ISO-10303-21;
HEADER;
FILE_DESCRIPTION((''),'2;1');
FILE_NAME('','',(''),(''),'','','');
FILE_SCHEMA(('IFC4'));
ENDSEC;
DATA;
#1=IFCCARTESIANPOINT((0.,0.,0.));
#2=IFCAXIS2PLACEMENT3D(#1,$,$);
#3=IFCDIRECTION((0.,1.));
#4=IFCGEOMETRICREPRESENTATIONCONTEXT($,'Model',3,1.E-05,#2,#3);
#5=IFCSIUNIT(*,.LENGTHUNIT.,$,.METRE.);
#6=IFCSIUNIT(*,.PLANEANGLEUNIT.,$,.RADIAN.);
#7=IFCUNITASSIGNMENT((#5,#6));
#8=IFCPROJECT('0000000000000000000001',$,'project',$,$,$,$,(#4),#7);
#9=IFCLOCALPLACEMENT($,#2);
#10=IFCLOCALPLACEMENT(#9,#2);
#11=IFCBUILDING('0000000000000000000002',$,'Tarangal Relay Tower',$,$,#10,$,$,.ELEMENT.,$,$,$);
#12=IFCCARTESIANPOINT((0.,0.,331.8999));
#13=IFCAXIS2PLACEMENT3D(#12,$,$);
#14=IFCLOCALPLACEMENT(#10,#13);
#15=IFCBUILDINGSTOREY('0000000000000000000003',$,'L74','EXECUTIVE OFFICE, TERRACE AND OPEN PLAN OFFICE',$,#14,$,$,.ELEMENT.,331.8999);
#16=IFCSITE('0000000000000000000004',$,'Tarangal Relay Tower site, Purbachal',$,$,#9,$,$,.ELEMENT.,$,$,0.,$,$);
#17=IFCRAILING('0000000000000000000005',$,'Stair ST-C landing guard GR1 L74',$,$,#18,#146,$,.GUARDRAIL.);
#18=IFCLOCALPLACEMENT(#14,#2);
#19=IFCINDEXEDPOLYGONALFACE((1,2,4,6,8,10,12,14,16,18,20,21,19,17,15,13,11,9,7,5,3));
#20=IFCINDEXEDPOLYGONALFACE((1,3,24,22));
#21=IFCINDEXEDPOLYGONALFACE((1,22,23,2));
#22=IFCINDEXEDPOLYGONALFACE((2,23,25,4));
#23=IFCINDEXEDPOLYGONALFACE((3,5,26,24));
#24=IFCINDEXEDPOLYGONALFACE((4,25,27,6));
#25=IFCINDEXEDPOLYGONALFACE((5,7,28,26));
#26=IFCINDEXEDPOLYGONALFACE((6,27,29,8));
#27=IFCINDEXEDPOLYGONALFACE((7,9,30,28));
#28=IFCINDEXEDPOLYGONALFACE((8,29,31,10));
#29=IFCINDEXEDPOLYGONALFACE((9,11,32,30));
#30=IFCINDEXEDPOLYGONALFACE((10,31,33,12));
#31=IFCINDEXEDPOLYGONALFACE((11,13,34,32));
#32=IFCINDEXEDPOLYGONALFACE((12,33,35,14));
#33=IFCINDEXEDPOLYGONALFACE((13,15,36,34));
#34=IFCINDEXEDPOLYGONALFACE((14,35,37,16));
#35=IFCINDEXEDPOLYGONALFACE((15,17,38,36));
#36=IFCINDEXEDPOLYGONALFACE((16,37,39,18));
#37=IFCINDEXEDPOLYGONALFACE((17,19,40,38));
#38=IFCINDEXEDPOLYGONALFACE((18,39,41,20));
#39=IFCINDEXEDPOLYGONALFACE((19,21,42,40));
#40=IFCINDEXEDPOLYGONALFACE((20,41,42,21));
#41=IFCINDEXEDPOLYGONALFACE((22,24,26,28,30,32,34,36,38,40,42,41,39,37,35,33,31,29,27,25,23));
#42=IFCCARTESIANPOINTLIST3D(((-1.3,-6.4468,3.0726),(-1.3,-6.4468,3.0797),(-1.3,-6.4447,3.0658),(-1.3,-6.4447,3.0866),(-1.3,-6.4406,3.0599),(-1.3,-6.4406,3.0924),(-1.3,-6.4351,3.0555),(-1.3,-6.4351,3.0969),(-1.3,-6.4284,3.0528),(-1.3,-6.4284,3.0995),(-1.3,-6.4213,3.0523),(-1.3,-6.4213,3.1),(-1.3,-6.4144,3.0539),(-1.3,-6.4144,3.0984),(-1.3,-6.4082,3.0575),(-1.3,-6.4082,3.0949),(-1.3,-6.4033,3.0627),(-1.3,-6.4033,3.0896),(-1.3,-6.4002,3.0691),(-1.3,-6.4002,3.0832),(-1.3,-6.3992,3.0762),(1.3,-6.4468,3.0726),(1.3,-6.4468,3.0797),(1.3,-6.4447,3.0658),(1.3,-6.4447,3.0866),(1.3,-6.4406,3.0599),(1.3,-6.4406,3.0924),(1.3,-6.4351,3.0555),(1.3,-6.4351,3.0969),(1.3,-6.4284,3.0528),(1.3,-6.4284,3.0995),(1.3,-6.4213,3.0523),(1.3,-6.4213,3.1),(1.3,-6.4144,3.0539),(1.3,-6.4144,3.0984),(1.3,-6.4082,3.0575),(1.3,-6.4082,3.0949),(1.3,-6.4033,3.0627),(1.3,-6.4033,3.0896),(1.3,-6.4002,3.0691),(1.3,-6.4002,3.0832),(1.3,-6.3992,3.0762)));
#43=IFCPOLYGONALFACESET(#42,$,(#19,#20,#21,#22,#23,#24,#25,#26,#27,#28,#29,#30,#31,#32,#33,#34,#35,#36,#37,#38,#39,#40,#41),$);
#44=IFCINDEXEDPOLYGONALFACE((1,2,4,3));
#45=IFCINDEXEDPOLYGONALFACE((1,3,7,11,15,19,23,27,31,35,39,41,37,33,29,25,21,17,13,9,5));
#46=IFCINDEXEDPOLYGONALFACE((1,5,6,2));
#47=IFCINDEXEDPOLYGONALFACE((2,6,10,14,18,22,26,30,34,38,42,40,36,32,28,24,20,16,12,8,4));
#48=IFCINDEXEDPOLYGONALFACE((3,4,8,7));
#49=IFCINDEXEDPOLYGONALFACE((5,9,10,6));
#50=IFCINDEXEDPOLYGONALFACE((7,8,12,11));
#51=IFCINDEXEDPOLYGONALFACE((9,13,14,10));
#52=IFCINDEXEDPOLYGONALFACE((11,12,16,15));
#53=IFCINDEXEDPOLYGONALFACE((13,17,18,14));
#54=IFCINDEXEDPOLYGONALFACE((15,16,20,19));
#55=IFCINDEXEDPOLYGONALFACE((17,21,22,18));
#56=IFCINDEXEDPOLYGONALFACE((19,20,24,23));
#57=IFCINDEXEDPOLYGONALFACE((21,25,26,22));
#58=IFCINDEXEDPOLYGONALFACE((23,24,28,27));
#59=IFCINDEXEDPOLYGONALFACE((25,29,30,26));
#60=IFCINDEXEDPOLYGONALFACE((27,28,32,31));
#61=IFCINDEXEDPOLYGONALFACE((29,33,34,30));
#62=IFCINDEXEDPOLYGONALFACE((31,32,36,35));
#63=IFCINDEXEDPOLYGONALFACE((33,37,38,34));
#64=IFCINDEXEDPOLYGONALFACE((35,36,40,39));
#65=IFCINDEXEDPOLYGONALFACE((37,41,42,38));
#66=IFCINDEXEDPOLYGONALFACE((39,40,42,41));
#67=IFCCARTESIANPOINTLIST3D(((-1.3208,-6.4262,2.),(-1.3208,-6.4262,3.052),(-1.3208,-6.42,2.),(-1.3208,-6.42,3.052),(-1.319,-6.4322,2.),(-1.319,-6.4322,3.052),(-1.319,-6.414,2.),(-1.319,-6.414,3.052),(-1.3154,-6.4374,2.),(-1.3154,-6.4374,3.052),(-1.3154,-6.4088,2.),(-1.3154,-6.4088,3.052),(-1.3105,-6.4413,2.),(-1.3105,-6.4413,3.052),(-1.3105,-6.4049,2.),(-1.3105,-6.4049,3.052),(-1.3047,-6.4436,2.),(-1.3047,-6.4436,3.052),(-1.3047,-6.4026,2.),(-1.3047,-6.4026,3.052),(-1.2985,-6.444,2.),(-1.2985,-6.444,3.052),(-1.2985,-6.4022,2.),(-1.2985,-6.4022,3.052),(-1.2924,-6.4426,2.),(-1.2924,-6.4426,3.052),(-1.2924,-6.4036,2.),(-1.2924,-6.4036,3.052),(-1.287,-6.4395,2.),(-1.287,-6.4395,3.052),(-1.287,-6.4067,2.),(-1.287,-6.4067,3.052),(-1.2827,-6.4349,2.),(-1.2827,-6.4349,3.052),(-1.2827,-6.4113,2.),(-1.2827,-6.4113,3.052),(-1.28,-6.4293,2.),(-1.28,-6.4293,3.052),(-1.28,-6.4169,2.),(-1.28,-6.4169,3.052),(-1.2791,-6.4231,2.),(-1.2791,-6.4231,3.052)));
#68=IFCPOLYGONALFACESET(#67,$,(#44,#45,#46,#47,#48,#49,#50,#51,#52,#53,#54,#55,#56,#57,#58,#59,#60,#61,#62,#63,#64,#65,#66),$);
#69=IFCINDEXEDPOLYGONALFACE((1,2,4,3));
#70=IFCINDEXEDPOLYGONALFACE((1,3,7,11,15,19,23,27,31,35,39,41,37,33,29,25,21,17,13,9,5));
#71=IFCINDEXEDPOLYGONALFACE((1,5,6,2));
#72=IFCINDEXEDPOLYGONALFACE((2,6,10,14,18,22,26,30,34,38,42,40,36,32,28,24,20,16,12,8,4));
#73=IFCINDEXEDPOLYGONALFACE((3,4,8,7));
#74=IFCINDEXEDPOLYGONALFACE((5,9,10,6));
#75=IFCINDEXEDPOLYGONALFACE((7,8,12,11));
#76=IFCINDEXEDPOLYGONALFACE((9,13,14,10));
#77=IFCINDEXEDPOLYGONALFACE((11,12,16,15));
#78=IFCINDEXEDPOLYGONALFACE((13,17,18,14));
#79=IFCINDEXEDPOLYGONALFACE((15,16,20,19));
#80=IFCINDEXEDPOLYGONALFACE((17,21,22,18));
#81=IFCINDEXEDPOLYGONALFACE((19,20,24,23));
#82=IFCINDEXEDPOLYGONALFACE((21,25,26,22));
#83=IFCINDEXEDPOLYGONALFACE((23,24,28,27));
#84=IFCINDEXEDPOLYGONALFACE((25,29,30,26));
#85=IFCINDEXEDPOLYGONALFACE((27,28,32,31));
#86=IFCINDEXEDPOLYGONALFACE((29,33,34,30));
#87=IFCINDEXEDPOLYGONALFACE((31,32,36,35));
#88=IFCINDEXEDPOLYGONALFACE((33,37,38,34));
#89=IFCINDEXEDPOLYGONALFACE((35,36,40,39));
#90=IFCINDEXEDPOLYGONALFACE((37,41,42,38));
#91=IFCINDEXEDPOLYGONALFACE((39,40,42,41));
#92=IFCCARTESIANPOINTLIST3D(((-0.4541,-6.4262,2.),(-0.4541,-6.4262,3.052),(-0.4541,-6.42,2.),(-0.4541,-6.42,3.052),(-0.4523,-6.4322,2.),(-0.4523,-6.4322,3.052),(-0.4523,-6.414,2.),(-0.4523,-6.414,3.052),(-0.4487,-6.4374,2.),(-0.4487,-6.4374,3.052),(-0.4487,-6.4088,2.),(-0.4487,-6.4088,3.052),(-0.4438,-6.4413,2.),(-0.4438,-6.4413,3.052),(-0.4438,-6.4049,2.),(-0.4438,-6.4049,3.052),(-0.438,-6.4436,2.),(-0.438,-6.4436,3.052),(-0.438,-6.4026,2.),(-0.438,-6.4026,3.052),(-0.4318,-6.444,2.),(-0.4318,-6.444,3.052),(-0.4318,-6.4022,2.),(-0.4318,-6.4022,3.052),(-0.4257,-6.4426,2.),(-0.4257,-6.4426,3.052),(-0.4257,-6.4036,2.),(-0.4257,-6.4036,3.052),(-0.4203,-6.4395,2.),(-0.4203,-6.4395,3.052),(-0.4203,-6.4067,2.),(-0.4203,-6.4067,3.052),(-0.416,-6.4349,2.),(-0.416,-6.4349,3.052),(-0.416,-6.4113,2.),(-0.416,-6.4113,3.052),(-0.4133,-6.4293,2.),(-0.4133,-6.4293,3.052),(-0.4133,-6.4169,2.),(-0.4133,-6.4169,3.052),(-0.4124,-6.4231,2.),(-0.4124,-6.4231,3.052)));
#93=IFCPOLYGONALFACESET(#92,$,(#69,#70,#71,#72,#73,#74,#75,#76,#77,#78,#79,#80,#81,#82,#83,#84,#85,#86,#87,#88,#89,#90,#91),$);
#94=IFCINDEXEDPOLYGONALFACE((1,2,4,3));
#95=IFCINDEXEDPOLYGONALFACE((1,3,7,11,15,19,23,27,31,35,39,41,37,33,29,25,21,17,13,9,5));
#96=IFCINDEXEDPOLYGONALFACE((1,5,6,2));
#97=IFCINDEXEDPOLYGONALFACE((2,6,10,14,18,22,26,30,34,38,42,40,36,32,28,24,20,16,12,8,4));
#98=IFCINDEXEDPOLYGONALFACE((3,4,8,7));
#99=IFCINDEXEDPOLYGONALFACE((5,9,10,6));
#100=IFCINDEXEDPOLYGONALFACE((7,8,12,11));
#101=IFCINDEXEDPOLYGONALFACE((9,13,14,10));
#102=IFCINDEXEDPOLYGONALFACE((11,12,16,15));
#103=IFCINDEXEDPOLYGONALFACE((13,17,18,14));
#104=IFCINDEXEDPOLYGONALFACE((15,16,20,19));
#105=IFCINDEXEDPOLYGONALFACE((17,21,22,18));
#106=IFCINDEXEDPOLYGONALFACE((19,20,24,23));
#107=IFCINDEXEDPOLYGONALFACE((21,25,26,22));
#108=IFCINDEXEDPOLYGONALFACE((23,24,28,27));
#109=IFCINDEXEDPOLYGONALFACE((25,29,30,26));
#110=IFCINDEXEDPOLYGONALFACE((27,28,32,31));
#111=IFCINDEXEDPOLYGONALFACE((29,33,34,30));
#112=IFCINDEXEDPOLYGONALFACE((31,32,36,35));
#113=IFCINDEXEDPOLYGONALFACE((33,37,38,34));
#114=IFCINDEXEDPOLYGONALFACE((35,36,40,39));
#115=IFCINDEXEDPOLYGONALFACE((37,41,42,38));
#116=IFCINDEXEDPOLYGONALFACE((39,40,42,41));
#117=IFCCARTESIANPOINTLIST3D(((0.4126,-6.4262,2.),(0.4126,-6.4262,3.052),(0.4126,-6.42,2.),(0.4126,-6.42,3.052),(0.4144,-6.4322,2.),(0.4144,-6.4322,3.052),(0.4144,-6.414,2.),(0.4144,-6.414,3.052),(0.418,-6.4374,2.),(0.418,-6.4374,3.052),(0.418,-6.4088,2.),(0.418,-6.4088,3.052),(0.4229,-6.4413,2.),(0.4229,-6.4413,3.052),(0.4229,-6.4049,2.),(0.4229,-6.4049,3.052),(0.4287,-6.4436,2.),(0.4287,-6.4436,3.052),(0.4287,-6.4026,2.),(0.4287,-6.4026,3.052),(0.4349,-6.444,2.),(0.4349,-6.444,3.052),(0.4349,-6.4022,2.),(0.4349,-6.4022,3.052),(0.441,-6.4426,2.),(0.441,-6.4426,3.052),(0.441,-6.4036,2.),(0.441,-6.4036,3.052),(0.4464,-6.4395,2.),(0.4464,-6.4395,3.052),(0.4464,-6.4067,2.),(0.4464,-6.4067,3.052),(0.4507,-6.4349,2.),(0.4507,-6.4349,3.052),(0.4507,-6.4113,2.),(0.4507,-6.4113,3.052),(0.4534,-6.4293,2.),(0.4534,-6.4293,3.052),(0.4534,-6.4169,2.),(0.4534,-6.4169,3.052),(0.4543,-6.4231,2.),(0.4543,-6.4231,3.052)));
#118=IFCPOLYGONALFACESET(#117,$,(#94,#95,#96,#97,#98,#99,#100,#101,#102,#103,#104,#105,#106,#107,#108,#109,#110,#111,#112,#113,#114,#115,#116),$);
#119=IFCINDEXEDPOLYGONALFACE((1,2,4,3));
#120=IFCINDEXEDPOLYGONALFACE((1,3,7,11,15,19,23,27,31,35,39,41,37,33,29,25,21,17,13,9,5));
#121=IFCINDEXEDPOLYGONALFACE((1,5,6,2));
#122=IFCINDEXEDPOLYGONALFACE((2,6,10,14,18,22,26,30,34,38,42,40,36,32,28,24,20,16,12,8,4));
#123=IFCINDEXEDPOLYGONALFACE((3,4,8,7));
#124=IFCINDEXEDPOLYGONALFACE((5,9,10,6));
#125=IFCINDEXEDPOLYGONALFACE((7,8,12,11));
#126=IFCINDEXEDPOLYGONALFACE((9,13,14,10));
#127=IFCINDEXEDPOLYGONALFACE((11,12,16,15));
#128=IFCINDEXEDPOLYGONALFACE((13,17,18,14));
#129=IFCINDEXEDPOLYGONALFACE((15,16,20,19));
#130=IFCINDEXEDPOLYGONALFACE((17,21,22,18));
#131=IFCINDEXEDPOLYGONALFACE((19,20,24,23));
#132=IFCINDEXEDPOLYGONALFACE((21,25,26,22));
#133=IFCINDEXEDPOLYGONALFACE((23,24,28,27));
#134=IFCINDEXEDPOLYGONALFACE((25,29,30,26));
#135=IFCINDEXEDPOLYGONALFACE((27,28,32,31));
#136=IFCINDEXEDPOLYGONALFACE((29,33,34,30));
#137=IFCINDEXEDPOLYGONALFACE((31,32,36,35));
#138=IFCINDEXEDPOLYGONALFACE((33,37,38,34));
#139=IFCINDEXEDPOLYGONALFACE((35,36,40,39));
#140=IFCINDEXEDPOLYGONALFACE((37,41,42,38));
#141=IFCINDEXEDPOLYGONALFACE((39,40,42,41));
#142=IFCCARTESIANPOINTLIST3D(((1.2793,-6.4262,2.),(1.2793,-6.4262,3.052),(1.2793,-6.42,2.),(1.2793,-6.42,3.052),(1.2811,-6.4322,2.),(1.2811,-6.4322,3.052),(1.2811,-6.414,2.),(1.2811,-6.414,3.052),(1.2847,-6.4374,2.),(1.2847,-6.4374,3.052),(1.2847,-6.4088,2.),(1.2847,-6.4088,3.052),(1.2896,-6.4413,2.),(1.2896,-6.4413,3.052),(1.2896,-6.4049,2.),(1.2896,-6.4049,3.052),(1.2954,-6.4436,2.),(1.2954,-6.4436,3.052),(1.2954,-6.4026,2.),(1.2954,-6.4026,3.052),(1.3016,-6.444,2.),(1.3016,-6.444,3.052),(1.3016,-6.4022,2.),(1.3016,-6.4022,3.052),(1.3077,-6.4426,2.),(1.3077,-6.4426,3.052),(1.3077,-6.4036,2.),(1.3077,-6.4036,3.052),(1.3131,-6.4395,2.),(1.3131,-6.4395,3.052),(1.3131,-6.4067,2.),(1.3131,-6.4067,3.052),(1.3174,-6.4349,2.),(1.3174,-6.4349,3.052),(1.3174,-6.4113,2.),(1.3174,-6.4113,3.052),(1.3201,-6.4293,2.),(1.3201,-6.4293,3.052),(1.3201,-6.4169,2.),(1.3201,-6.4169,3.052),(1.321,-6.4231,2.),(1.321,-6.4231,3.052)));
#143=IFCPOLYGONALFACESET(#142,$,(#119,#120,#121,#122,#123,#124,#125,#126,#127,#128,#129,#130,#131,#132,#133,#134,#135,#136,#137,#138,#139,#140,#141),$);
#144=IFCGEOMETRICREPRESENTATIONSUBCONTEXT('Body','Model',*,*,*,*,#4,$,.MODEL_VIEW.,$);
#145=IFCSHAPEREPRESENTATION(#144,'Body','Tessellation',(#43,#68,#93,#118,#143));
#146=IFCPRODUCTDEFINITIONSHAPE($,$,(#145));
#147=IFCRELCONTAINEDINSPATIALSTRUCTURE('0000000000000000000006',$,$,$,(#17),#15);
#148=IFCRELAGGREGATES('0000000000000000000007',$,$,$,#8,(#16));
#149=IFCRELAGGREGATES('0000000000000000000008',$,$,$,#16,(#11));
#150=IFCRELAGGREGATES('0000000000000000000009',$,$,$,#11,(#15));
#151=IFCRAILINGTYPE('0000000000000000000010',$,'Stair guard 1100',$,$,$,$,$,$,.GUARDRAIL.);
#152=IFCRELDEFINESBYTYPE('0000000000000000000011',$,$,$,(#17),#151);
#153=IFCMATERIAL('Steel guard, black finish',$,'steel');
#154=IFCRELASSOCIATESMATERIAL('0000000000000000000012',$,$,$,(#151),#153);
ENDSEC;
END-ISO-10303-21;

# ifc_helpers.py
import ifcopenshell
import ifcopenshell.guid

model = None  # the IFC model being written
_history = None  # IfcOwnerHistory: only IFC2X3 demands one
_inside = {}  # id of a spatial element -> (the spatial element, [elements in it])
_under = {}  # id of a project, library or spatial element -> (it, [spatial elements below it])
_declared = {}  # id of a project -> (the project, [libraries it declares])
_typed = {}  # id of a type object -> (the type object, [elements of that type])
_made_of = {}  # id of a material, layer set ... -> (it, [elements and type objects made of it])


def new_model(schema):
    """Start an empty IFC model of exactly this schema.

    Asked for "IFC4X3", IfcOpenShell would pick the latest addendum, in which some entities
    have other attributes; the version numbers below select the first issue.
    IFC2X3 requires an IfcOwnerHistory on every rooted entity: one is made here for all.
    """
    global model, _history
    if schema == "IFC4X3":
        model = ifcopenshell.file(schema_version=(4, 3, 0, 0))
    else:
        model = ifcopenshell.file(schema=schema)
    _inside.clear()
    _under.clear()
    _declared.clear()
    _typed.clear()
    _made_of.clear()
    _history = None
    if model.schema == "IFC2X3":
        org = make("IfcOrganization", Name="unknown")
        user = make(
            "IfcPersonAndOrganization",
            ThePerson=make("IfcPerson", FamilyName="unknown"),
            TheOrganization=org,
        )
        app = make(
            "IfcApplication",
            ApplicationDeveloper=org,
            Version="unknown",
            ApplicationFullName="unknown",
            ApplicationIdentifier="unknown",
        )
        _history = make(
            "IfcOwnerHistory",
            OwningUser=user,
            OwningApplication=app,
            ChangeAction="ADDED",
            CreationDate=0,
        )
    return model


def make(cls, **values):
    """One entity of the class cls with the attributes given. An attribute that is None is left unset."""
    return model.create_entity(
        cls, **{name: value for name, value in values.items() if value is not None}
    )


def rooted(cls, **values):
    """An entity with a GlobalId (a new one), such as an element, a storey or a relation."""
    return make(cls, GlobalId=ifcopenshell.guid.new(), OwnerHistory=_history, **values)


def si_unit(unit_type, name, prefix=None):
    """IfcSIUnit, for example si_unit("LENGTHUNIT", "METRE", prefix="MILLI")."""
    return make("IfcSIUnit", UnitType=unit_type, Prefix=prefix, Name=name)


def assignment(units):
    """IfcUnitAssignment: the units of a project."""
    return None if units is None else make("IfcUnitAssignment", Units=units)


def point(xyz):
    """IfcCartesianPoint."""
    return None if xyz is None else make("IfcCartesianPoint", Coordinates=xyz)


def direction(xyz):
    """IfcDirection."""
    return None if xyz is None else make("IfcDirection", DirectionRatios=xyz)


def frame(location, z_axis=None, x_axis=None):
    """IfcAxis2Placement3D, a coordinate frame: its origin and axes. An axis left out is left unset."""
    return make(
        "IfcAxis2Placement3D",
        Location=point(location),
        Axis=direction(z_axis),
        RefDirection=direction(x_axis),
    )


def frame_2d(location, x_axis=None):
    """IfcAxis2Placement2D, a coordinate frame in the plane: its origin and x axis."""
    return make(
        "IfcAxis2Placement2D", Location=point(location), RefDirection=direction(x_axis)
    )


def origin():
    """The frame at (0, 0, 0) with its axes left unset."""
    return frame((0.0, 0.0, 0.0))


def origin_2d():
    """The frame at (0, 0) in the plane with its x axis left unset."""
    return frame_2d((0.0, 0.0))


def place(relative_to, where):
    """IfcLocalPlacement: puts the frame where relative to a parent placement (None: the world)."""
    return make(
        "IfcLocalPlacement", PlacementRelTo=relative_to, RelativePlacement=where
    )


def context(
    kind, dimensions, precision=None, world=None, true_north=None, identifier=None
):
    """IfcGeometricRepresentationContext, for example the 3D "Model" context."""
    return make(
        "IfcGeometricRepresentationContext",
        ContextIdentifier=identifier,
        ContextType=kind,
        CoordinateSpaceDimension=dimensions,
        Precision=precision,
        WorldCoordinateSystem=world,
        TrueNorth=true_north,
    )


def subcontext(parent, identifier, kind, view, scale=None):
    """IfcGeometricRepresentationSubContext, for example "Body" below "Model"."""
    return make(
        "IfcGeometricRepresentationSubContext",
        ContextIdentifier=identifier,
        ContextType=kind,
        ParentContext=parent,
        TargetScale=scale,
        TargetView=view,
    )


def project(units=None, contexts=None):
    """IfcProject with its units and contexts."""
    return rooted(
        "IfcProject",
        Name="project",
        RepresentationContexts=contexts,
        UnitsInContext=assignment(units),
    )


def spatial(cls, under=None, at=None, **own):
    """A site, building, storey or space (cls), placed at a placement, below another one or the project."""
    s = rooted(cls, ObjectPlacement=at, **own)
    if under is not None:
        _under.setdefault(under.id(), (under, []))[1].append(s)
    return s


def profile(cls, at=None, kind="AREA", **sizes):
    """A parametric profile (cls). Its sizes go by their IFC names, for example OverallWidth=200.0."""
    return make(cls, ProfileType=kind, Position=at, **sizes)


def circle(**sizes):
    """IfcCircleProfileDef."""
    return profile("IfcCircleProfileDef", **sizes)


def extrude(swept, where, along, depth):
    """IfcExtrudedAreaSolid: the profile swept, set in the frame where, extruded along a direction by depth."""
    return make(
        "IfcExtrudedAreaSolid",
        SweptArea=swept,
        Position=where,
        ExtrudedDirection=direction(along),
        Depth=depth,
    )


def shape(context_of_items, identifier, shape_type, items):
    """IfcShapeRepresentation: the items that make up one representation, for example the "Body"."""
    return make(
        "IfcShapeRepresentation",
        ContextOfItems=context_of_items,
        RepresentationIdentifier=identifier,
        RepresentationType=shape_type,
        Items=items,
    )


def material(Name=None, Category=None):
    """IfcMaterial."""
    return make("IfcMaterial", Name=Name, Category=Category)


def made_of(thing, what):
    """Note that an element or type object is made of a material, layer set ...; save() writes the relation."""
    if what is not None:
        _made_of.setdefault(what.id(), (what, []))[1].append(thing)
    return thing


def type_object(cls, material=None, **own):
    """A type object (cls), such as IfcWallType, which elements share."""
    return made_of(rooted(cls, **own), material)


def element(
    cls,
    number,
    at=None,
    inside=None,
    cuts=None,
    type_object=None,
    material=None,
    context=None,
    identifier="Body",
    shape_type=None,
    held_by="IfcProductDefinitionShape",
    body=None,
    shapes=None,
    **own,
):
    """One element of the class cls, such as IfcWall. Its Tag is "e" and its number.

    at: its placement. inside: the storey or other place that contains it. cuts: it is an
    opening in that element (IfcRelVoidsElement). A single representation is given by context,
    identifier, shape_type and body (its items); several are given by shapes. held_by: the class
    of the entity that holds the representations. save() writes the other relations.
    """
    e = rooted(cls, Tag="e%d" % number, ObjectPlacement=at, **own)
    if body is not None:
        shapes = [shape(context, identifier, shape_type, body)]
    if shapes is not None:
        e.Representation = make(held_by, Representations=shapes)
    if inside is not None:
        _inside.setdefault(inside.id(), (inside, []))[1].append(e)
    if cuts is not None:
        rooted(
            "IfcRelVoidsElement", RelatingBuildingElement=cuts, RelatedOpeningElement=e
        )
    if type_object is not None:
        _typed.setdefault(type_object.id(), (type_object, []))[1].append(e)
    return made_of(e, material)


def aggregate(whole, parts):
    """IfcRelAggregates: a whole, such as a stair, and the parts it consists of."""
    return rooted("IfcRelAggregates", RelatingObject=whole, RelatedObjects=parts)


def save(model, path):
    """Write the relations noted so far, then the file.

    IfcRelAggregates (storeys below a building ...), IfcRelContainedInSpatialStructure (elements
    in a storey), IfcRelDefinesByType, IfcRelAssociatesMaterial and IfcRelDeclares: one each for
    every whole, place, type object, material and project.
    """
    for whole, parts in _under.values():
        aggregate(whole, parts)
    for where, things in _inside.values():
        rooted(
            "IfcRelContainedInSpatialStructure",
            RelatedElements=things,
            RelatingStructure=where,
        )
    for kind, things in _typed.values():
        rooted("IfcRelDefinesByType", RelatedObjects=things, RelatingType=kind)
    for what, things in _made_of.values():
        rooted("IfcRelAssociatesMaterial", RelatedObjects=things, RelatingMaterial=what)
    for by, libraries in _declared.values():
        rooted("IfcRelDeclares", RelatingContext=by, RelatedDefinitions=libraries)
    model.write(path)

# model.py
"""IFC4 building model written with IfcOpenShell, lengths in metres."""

from ifc_helpers import new_model, si_unit, direction, frame, origin, origin_2d, place, context, subcontext, project, spatial, circle, extrude, material, type_object, element, save


model = new_model("IFC4")

# Units and contexts
model_context = context("Model", 3, precision=1e-05, world=origin(), true_north=direction((0.0, 1.0)))
body_context = subcontext(model_context, "Body", "Model", "MODEL_VIEW")
ifc_project = project(units=[si_unit("LENGTHUNIT", "METRE"), si_unit("PLANEANGLEUNIT", "RADIAN")], contexts=[model_context])

# Site, building, storey
site_placement = place(None, origin())
site = spatial("IfcSite", under=ifc_project, at=site_placement, Name="Tarangal Relay Tower site, Purbachal", CompositionType="ELEMENT", RefElevation=0.0)
building_placement = place(site_placement, origin())
building = spatial("IfcBuilding", under=site, at=building_placement, Name="Tarangal Relay Tower", CompositionType="ELEMENT")
storey_placement = place(building_placement, frame((0.0, 0.0, 331.8999)))
storey = spatial("IfcBuildingStorey", under=building, at=storey_placement, Name="L74", Description="EXECUTIVE OFFICE, TERRACE AND OPEN PLAN OFFICE", CompositionType="ELEMENT", Elevation=331.8999)

# Railing
ifc_material_1 = material(Name="Steel guard, black finish", Category="steel")
railing_type = type_object("IfcRailingType", Name="Stair guard 1100", PredefinedType="GUARDRAIL", material=ifc_material_1)
railing_placement = place(storey_placement, frame((-1.3, -6.4231, 2.0)))
element("IfcRailing", 1, at=railing_placement, inside=storey, type_object=railing_type, Name="Stair ST-C landing guard GR1 L74", PredefinedType="GUARDRAIL", context=body_context, shape_type="SweptSolid", body=[
    extrude(circle(Radius=0.0239, at=origin_2d()), frame((0.0, 0.0, 1.0762), z_axis=(1.0, 0.0, 0.0), x_axis=(0.0, 1.0, 0.0)), (0.0, 0.0, 1.0), 2.6001),
    extrude(circle(Radius=0.021, at=origin_2d()), origin(), (0.0, 0.0, 1.0), 1.052),
    extrude(circle(Radius=0.021, at=origin_2d()), frame((0.8667, 0.0, 0.0)), (0.0, 0.0, 1.0), 1.052),
    extrude(circle(Radius=0.021, at=origin_2d()), frame((1.7334, 0.0, 0.0)), (0.0, 0.0, 1.0), 1.052),
    extrude(circle(Radius=0.021, at=origin_2d()), frame((2.6001, 0.0, 0.0)), (0.0, 0.0, 1.0), 1.052),
])

save(model, "model.ifc")
